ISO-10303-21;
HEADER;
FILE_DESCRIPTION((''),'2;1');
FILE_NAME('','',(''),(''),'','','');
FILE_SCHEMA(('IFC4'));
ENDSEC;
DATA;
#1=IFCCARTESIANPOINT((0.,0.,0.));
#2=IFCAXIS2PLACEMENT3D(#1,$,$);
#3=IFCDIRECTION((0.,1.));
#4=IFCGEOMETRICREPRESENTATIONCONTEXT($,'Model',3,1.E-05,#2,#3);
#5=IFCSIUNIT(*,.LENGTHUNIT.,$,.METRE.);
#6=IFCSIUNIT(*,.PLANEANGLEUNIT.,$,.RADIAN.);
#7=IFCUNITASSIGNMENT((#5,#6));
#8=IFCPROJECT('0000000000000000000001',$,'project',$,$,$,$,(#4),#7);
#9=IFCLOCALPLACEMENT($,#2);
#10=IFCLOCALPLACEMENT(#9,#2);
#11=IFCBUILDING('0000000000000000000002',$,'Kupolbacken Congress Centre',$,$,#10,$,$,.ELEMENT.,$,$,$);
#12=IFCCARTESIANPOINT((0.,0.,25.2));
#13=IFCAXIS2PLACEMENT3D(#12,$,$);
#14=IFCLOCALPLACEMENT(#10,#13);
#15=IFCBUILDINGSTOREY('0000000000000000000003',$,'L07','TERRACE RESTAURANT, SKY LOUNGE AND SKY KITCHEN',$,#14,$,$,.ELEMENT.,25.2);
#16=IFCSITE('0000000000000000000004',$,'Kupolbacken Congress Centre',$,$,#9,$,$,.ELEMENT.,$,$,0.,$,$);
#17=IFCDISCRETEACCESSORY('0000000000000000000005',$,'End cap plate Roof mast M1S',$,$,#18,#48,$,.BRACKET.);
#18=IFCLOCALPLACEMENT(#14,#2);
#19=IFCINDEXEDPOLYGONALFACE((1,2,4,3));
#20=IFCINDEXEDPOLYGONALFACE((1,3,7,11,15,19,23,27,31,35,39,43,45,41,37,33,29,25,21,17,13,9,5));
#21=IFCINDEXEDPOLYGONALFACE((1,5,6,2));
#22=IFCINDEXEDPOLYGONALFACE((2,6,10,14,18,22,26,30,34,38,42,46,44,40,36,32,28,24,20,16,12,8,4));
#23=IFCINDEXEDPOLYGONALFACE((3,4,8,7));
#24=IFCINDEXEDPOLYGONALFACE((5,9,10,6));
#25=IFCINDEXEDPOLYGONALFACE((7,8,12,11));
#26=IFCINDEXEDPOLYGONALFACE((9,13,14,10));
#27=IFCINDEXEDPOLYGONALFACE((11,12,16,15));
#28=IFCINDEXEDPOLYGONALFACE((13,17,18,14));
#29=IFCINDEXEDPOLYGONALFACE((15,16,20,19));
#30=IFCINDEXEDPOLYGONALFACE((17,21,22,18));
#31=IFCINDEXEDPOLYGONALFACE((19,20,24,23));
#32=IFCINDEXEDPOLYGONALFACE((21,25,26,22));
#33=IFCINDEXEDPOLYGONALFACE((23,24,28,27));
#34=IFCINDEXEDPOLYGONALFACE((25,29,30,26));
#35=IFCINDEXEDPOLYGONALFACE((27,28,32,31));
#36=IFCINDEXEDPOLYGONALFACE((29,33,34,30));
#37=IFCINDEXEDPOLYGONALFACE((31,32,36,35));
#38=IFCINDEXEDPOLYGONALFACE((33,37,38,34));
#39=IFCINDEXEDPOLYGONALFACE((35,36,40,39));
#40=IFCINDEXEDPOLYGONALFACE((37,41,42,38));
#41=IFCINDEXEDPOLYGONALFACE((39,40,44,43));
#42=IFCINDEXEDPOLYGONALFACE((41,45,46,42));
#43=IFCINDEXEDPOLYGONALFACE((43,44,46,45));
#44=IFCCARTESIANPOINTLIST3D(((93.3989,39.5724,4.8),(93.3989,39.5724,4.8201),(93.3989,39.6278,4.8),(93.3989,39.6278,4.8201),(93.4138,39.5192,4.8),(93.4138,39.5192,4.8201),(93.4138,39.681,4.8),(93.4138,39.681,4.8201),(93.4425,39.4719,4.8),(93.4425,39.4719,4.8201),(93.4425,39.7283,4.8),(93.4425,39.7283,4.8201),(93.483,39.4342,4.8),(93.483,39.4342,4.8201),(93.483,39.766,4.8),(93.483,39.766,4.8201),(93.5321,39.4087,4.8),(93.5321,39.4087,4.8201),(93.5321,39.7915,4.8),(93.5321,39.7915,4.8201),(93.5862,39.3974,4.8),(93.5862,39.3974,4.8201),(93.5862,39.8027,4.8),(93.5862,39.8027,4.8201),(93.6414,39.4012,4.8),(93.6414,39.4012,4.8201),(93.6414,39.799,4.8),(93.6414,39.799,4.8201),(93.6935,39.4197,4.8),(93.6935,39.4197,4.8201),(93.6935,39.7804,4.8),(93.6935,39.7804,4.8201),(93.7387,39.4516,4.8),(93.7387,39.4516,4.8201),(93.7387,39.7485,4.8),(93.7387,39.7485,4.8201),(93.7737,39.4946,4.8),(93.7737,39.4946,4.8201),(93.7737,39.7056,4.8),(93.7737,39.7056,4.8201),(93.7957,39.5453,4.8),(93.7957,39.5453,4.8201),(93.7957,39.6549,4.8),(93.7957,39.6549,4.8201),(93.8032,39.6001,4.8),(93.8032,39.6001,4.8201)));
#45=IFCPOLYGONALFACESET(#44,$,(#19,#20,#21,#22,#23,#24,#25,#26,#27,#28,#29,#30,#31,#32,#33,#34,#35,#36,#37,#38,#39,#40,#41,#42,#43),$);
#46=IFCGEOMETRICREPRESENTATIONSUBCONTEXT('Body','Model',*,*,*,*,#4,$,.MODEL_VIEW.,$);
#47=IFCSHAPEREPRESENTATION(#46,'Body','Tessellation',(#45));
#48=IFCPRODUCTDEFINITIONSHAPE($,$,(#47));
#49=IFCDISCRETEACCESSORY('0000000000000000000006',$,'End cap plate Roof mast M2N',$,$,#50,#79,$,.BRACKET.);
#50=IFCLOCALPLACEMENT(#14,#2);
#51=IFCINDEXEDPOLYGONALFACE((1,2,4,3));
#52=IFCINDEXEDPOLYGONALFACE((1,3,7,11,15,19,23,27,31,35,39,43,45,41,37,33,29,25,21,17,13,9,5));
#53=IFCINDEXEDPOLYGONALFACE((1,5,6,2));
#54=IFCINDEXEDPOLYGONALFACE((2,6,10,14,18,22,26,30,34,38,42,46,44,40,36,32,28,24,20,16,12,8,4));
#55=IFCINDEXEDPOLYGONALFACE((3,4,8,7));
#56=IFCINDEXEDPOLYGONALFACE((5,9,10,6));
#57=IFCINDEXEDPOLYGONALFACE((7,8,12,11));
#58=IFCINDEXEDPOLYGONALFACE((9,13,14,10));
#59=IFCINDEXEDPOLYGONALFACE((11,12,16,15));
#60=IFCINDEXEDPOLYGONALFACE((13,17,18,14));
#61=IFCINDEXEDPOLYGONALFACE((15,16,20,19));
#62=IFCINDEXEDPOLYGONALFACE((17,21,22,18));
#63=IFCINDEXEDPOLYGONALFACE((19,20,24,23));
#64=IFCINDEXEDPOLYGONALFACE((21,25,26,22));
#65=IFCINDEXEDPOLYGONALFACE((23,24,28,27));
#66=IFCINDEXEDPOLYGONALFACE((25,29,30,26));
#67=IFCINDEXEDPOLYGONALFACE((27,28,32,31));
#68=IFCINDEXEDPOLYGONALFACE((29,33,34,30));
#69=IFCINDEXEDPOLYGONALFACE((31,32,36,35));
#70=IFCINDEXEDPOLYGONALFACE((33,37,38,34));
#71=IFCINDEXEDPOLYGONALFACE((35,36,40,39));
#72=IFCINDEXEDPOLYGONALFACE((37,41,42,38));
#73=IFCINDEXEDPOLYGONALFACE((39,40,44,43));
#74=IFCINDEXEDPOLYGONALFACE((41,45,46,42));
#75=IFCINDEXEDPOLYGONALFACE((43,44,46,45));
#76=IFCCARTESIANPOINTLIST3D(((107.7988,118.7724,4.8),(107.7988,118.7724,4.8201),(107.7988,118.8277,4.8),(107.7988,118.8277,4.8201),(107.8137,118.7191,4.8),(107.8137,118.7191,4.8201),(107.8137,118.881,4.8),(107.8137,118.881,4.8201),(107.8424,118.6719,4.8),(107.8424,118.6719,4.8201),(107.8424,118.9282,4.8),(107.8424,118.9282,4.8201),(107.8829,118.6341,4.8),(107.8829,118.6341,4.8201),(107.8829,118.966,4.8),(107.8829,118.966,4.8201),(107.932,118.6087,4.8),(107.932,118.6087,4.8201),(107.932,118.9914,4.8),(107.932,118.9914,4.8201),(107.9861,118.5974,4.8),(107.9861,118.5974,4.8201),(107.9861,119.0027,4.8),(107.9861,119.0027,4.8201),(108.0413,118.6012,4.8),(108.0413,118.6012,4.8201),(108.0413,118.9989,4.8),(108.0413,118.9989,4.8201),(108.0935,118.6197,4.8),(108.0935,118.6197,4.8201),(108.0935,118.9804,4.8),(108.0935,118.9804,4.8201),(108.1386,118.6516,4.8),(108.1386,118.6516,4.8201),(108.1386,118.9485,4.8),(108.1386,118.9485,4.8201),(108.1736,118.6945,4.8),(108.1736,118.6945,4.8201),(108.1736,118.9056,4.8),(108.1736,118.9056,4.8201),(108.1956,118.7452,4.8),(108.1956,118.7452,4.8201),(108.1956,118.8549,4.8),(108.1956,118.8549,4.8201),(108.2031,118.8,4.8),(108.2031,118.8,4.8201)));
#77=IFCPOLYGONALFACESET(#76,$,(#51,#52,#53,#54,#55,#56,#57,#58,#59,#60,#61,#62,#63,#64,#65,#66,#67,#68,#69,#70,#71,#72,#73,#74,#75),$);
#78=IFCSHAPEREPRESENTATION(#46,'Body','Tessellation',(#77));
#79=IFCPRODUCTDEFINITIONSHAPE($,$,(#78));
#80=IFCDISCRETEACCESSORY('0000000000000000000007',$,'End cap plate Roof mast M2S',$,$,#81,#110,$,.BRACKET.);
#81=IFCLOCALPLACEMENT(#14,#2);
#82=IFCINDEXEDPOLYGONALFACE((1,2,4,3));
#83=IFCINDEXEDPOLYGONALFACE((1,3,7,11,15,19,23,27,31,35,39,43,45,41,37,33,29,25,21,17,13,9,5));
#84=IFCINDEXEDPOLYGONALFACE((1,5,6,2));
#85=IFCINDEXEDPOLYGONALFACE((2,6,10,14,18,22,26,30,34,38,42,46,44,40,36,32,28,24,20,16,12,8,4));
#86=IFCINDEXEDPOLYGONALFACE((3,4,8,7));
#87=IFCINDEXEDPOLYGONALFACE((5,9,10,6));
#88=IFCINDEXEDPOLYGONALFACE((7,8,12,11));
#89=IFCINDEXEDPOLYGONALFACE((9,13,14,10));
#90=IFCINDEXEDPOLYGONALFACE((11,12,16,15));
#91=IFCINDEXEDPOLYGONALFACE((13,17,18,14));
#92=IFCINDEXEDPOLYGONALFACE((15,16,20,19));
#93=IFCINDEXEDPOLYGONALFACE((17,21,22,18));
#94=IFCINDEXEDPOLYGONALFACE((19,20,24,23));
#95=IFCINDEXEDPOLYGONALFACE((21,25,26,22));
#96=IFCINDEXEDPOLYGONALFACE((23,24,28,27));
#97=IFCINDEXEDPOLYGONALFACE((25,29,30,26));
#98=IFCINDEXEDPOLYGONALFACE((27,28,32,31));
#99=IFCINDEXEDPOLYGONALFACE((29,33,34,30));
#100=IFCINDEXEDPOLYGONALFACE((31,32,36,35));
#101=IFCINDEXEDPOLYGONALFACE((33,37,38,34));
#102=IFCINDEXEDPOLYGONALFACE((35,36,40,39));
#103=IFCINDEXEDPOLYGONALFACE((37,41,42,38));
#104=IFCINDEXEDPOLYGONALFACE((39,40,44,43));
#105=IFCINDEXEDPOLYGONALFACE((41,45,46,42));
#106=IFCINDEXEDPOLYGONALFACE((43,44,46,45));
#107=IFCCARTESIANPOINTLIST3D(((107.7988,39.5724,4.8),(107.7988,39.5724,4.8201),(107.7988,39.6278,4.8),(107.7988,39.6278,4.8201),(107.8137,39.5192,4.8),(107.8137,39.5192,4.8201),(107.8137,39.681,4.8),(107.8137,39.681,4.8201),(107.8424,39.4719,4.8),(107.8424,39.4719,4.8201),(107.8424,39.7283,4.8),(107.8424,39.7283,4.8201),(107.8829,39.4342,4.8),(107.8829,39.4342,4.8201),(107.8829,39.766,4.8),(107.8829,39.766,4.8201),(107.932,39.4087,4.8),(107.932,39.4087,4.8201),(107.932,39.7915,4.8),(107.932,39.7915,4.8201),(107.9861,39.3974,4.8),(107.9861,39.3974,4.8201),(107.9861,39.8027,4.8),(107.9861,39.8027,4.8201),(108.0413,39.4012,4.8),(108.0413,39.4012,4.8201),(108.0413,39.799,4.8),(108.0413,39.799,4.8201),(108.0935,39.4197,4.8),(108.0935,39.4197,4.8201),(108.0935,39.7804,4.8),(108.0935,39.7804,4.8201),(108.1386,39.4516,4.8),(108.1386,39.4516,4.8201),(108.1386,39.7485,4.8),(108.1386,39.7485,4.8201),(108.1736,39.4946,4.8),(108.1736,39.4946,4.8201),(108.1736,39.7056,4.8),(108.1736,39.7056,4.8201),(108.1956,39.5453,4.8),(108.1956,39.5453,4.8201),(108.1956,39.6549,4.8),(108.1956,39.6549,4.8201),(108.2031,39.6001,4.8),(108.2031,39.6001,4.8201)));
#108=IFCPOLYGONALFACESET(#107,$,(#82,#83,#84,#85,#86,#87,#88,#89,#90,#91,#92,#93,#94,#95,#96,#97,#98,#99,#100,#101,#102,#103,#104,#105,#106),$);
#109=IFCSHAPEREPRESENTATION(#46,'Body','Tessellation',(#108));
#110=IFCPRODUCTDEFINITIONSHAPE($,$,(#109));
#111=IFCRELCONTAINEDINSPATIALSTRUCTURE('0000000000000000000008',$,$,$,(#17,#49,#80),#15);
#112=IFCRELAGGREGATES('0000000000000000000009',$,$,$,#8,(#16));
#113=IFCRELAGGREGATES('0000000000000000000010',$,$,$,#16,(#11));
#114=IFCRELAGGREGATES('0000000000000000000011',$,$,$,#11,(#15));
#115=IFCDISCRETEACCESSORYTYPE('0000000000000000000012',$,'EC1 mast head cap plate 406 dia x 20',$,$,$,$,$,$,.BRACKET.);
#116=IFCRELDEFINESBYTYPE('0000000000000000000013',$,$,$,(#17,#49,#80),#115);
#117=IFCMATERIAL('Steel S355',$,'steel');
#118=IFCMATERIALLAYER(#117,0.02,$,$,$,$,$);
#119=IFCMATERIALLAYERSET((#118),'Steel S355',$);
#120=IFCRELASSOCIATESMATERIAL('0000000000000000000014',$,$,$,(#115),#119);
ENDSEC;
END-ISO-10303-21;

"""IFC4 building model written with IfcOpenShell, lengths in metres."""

from ifc_helpers import new_model, si_unit, direction, frame, origin, origin_2d, place, context, subcontext, project, spatial, circle, extrude, material, layer, layer_set, type_object, element, save


model = new_model("IFC4")

# Units and contexts
model_context = context("Model", 3, precision=1e-05, world=origin(), true_north=direction((0.0, 1.0)))
body_context = subcontext(model_context, "Body", "Model", "MODEL_VIEW")
ifc_project = project(units=[si_unit("LENGTHUNIT", "METRE"), si_unit("PLANEANGLEUNIT", "RADIAN")], contexts=[model_context])

# Site, building, storey
site_placement = place(None, origin())
site = spatial("IfcSite", under=ifc_project, at=site_placement, Name="Kupolbacken Congress Centre", CompositionType="ELEMENT", RefElevation=0.0)
building_placement = place(site_placement, origin())
building = spatial("IfcBuilding", under=site, at=building_placement, Name="Kupolbacken Congress Centre", CompositionType="ELEMENT")
storey_placement = place(building_placement, frame((0.0, 0.0, 25.2)))
storey = spatial("IfcBuildingStorey", under=building, at=storey_placement, Name="L07", Description="TERRACE RESTAURANT, SKY LOUNGE AND SKY KITCHEN", CompositionType="ELEMENT", Elevation=25.2)

# Discrete accessories
ifc_material_1 = material(Name="Steel S355", Category="steel")
ifc_layer_1 = layer(ifc_material_1, 0.02)
ifc_layer_set_1 = layer_set([ifc_layer_1], Name="Steel S355")
discrete_accessory_type_1 = type_object("IfcDiscreteAccessoryType", Name="EC1 mast head cap plate 406 dia x 20", PredefinedType="BRACKET", material=ifc_layer_set_1)
for number, where, z_axis, x_axis, name in (
    (1, (93.6001, 39.6001, 4.8), (0.0, 0.0, 1.0), (1.0, 0.0, 0.0), "End cap plate Roof mast M1S"),
    (2, (108.0, 118.8, 4.8), (0.0, 0.0, 1.0), (1.0, 0.0, 0.0), "End cap plate Roof mast M2N"),
    (3, (108.0, 39.6001, 4.8), (0.0, 0.0, 1.0), (1.0, 0.0, 0.0), "End cap plate Roof mast M2S"),
):
    element("IfcDiscreteAccessory", number, at=place(storey_placement, frame(where, z_axis=z_axis, x_axis=x_axis)), inside=storey, type_object=discrete_accessory_type_1, Name=name, PredefinedType="BRACKET", context=body_context, shape_type="SweptSolid", body=[
        extrude(circle(Radius=0.2031, at=origin_2d()), origin(), (0.0, 0.0, 1.0), 0.02),
    ])

save(model, "model.ifc")
